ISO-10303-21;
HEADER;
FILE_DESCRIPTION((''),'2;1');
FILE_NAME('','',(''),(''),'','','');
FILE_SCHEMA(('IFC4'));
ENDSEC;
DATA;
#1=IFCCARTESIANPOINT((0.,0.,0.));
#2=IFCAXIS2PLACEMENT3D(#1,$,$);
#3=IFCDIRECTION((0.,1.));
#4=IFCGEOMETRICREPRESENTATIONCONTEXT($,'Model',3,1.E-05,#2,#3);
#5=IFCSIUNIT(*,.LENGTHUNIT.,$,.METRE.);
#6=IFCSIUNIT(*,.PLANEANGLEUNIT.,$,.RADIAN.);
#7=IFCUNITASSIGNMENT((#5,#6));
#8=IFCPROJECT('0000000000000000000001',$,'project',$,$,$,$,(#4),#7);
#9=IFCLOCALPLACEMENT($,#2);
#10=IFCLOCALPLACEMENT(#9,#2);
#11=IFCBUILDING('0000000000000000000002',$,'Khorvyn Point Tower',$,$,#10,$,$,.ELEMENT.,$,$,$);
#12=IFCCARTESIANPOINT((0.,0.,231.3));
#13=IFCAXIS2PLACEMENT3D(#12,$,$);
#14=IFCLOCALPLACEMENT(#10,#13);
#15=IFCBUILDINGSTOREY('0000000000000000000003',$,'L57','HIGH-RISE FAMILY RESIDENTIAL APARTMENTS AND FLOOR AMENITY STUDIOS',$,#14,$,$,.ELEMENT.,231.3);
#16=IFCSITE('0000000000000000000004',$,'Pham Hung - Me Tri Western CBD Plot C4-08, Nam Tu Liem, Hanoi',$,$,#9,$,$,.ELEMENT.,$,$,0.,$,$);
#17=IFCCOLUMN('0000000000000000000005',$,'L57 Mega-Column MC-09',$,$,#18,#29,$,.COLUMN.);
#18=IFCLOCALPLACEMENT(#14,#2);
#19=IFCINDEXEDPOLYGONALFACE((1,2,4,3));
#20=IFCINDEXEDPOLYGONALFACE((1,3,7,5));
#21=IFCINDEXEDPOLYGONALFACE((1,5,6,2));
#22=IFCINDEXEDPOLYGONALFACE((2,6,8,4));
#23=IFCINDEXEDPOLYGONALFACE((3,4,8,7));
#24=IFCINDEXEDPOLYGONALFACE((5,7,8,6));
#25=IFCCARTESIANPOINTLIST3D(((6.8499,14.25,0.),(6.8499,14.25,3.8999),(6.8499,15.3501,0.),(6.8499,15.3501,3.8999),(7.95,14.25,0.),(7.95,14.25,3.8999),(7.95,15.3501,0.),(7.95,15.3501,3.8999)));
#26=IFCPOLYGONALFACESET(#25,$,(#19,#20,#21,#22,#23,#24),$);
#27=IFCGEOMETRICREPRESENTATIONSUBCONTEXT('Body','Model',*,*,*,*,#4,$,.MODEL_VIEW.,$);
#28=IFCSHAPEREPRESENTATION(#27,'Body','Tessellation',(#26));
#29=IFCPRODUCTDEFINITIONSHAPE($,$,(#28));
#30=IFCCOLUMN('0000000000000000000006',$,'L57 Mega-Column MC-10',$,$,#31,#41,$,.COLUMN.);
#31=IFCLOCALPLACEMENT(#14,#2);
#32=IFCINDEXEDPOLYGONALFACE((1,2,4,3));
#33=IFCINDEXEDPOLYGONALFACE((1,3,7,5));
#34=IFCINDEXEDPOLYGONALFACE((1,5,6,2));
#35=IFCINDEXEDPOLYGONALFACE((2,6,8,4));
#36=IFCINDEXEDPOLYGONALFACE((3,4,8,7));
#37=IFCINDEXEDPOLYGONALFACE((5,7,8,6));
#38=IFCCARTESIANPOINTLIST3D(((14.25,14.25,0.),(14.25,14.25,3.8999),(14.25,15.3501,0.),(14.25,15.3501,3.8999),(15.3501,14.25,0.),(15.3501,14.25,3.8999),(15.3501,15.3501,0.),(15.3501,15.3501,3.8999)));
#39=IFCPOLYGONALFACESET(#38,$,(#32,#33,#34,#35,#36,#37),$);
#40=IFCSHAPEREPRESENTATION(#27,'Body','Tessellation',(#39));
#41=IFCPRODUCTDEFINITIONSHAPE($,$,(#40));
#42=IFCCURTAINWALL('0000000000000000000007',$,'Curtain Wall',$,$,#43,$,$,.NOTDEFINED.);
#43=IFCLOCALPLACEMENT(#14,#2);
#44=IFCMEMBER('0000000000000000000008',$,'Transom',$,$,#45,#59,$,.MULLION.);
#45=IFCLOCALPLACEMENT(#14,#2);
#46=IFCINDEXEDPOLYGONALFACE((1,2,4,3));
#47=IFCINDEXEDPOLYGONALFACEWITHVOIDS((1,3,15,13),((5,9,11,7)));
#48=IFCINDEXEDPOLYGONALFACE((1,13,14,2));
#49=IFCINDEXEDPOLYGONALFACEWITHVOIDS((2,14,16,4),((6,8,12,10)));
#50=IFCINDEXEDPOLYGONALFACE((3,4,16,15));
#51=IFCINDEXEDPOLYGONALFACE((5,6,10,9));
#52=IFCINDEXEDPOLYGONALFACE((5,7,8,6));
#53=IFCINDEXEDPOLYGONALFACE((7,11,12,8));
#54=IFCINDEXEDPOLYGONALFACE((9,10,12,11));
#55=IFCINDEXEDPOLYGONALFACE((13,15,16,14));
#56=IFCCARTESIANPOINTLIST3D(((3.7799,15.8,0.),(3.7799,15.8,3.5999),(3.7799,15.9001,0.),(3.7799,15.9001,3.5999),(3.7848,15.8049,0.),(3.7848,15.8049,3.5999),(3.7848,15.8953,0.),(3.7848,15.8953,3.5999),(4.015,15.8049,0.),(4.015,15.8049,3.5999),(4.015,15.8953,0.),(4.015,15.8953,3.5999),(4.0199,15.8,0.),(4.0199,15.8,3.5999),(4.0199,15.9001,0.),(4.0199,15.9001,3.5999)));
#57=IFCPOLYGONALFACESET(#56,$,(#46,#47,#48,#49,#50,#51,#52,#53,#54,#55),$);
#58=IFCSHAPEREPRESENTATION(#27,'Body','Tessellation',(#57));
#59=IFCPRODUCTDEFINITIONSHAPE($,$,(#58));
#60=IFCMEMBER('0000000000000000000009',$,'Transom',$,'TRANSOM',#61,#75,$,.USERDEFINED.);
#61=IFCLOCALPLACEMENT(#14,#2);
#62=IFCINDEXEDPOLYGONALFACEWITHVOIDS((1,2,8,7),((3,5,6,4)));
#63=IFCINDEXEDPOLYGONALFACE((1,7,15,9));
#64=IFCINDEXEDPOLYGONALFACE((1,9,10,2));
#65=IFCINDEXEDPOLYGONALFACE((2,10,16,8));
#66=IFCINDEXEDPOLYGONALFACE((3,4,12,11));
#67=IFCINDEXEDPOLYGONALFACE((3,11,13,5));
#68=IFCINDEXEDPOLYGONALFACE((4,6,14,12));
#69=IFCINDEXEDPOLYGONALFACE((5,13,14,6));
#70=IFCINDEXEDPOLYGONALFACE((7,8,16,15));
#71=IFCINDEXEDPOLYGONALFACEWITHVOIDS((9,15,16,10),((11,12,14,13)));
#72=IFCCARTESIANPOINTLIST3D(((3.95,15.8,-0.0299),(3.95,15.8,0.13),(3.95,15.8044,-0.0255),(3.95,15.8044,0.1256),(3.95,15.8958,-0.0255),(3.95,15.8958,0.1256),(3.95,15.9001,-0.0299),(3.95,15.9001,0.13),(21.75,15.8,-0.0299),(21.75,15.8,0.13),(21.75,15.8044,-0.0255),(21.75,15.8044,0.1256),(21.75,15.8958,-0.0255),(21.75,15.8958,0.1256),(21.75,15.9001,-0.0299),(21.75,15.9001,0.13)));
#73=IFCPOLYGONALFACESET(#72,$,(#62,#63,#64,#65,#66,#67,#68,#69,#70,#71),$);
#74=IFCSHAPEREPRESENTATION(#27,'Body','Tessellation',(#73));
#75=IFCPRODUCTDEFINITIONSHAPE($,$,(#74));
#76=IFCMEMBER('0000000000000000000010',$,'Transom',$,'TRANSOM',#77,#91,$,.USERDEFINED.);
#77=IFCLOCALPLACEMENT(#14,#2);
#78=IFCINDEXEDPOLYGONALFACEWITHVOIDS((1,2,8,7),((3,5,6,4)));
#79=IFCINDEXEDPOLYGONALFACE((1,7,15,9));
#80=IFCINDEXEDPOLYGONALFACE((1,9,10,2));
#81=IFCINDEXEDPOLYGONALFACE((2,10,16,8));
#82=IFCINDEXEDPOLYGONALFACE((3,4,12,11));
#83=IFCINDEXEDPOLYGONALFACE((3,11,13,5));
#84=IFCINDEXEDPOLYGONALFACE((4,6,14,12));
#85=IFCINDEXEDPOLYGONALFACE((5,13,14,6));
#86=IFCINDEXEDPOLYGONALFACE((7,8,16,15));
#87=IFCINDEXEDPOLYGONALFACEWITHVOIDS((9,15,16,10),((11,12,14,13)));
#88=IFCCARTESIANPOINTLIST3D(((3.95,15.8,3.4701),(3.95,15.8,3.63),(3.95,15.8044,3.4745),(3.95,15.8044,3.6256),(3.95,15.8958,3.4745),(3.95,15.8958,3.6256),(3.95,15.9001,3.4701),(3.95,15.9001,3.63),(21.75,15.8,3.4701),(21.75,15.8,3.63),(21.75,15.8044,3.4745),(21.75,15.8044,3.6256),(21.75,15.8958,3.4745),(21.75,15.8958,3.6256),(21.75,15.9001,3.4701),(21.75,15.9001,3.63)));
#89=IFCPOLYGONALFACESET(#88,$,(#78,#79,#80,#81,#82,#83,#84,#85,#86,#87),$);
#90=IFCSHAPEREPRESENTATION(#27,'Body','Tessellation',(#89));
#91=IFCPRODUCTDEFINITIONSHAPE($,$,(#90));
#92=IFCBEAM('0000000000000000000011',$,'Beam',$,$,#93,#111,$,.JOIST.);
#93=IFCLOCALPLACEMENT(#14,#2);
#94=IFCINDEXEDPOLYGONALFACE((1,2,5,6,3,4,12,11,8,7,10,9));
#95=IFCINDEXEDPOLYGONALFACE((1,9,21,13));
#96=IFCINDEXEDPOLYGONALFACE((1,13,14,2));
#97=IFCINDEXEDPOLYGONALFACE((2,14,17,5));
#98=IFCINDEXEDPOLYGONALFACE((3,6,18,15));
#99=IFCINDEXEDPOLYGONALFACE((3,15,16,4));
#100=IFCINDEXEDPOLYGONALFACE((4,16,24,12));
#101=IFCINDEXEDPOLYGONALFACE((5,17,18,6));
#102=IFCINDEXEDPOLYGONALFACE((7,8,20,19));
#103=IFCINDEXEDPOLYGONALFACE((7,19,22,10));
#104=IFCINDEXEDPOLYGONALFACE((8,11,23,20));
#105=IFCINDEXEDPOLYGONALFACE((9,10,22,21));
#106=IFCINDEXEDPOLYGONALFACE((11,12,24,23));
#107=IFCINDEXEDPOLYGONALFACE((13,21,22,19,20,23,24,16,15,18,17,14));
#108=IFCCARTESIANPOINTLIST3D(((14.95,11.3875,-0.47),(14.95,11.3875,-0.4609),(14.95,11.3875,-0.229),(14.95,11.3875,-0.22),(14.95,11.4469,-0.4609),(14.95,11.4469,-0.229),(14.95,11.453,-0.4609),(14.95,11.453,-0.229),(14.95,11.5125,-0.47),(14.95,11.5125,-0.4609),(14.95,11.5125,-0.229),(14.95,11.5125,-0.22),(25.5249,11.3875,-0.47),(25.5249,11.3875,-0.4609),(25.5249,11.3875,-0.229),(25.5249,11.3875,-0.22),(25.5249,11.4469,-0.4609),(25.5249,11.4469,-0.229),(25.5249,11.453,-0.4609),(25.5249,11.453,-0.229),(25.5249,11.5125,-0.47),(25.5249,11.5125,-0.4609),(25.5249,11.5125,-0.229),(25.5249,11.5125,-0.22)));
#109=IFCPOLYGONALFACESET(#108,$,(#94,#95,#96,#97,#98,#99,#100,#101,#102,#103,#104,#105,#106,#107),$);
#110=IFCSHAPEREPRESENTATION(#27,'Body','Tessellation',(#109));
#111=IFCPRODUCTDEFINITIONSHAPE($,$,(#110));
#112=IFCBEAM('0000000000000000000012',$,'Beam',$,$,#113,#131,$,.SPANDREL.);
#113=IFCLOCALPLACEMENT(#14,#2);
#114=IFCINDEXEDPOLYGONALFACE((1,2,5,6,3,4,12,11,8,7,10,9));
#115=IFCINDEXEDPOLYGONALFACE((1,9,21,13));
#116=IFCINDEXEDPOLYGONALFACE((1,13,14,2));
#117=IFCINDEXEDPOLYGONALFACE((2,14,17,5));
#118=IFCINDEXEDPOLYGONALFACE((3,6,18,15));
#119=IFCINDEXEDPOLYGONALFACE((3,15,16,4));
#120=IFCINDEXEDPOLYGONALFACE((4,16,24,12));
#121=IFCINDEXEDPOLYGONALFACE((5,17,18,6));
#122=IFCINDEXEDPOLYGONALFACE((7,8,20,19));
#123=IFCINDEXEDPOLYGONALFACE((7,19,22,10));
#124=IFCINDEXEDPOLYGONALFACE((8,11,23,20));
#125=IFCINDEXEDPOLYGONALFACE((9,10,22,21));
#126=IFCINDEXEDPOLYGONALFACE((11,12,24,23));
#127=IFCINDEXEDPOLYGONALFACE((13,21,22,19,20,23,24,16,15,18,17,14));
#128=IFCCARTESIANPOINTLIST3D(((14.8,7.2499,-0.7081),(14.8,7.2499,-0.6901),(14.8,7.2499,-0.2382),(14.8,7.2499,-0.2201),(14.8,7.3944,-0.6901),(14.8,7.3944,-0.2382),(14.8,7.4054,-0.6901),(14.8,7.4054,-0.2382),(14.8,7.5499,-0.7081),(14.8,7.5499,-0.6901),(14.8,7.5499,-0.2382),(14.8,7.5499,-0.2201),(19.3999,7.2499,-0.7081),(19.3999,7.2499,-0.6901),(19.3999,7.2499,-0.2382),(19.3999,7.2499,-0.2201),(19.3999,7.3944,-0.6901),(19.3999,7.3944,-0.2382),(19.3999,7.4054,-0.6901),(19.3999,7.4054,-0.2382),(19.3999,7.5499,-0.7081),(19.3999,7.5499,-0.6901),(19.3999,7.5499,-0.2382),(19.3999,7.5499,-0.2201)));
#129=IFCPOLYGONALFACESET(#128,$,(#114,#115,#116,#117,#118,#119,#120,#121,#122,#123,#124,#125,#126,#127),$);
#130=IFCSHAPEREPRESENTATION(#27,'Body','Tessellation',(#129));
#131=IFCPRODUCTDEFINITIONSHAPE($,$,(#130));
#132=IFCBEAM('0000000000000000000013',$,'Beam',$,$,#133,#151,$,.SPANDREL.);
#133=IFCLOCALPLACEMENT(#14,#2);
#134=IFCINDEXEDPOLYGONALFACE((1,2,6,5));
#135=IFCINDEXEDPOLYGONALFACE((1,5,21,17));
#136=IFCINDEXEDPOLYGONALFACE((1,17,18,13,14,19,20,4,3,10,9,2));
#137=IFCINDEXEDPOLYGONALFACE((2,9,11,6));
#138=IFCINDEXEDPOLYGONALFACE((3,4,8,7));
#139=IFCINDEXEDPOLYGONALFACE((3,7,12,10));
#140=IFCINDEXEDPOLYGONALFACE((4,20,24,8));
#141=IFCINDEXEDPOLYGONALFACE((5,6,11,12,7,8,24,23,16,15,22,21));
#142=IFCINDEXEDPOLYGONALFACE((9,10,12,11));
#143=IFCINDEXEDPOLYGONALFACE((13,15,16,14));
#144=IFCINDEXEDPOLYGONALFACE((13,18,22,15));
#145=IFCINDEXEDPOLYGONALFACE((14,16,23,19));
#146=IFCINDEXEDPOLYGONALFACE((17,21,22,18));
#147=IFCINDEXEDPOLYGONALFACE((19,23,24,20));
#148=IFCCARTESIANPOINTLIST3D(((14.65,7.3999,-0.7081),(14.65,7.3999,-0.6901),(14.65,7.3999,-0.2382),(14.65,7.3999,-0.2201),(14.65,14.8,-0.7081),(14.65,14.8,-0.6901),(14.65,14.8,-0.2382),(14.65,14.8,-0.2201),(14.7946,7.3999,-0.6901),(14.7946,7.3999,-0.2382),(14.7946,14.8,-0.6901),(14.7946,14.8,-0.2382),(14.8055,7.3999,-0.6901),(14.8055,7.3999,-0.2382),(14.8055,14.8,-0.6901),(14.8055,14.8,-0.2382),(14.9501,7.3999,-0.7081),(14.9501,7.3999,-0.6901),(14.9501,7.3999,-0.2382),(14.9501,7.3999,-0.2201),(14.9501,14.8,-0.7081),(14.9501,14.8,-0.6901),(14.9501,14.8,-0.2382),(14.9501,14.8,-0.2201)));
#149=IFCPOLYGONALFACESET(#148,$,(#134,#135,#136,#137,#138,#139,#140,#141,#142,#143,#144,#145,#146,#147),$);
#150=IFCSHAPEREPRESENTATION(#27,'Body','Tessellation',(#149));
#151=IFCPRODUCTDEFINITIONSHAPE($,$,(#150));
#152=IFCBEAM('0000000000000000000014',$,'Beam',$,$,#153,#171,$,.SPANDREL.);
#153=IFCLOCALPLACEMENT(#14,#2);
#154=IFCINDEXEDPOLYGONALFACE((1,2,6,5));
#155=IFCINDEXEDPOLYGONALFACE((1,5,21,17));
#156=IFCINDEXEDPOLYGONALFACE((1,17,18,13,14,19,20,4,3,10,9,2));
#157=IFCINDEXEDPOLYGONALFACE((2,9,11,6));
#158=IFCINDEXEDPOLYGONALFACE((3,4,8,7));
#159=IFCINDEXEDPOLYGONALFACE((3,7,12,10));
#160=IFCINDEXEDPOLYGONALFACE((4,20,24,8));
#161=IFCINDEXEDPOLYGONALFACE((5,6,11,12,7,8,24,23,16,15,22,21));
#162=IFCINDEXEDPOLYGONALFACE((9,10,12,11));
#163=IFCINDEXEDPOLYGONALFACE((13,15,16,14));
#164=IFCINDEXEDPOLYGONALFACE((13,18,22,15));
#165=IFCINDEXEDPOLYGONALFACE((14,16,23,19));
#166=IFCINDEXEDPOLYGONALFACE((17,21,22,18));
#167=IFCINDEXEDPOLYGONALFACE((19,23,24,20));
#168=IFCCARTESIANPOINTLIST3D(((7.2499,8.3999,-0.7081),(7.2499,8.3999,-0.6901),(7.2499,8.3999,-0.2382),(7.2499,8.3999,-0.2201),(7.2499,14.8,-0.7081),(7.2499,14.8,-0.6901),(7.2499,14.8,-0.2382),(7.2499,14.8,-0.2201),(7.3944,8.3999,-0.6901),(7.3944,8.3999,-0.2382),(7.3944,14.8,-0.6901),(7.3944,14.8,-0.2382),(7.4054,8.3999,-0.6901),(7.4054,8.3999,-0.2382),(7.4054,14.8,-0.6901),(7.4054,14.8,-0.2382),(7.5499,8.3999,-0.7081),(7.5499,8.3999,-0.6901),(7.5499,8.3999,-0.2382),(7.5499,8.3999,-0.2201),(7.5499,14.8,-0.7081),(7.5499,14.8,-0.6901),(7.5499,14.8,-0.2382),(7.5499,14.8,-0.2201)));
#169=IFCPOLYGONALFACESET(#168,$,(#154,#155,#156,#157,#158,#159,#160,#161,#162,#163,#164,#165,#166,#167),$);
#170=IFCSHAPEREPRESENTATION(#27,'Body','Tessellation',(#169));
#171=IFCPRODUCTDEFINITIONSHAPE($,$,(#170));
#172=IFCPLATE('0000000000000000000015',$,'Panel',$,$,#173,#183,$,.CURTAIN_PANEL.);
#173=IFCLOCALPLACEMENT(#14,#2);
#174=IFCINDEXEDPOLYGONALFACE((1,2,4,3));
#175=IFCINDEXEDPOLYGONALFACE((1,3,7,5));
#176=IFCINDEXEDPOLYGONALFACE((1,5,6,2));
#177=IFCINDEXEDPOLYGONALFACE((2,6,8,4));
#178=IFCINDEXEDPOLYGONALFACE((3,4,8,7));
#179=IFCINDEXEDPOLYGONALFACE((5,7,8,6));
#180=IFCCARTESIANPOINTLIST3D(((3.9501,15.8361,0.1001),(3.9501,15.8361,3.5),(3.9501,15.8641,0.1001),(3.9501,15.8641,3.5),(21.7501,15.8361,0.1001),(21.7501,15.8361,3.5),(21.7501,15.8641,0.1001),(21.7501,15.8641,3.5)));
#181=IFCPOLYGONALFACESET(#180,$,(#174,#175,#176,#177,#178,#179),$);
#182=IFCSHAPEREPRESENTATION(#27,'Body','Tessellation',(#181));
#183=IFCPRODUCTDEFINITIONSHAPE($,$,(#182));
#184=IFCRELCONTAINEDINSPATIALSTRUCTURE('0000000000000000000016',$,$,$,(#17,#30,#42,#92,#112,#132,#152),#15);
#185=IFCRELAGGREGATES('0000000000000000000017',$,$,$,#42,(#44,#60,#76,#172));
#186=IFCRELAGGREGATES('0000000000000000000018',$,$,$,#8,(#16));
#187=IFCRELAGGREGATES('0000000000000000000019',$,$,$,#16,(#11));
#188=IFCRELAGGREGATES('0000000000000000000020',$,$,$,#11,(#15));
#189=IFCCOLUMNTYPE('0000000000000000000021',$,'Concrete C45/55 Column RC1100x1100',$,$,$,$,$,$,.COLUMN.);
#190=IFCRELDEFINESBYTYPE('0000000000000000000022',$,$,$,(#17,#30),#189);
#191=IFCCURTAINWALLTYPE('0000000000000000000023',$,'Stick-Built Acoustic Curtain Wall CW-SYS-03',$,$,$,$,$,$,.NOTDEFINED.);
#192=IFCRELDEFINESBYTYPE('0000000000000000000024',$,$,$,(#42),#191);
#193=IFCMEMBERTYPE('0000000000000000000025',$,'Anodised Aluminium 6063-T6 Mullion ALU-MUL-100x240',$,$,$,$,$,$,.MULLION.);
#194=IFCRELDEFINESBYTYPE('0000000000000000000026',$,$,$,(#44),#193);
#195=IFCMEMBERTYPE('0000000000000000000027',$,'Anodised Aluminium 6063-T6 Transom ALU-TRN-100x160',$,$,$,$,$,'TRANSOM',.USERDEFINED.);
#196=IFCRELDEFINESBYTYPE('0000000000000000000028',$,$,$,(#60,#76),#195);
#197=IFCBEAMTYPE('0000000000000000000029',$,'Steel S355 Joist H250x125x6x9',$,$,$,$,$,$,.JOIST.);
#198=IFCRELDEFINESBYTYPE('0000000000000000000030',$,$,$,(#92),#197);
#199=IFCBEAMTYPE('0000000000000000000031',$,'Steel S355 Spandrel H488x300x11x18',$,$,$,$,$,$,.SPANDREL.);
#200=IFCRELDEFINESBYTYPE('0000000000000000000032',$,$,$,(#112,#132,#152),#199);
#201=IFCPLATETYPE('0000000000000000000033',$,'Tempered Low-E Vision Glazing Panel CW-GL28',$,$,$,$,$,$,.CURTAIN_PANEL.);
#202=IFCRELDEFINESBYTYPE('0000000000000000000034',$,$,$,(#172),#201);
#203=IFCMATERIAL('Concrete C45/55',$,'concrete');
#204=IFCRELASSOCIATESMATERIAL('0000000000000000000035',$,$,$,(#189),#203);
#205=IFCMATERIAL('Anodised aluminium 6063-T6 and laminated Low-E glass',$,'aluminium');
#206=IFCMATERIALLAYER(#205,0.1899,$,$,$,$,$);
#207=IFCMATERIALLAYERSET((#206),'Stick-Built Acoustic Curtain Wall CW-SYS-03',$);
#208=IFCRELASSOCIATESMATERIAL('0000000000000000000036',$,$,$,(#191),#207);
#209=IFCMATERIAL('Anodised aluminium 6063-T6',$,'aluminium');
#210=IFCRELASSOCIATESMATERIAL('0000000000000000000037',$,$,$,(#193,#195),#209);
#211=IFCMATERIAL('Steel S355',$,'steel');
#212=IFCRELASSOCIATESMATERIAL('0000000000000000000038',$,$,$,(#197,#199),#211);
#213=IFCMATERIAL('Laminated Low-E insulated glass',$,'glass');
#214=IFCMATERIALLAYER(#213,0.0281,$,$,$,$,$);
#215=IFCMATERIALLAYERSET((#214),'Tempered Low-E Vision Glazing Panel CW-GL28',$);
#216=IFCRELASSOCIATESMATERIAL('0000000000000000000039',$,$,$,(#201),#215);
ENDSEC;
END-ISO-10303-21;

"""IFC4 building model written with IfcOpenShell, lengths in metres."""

from ifc_helpers import new_model, si_unit, direction, frame, origin, origin_2d, place, context, subcontext, project, spatial, rectangle, hollow_rectangle, i_section, extrude, material, layer, layer_set, material_profile, profile_set, type_object, element, aggregate, save


model = new_model("IFC4")

# Units and contexts
model_context = context("Model", 3, precision=1e-05, world=origin(), true_north=direction((0.0, 1.0)))
body_context = subcontext(model_context, "Body", "Model", "MODEL_VIEW")
ifc_project = project(units=[si_unit("LENGTHUNIT", "METRE"), si_unit("PLANEANGLEUNIT", "RADIAN")], contexts=[model_context])

# Site, building, storey
site_placement = place(None, origin())
site = spatial("IfcSite", under=ifc_project, at=site_placement, Name="Pham Hung - Me Tri Western CBD Plot C4-08, Nam Tu Liem, Hanoi", CompositionType="ELEMENT", RefElevation=0.0)
building_placement = place(site_placement, origin())
building = spatial("IfcBuilding", under=site, at=building_placement, Name="Khorvyn Point Tower", CompositionType="ELEMENT")
storey_placement = place(building_placement, frame((0.0, 0.0, 231.3)))
storey = spatial("IfcBuildingStorey", under=building, at=storey_placement, Name="L57", Description="HIGH-RISE FAMILY RESIDENTIAL APARTMENTS AND FLOOR AMENITY STUDIOS", CompositionType="ELEMENT", Elevation=231.3)

# Columns
ifc_material_1 = material(Name="Concrete C45/55", Category="concrete")
ifc_material_profile_1 = material_profile(ifc_material_1, rectangle(XDim=1.1001, YDim=1.1001, at=origin_2d()))
ifc_profile_set_1 = profile_set([ifc_material_profile_1], Name="Concrete C45/55 RC1100x1100")
column_type = type_object("IfcColumnType", Name="Concrete C45/55 Column RC1100x1100", PredefinedType="COLUMN", material=ifc_profile_set_1)
for number, where, z_axis, x_axis, name in (
    (1, (7.3999, 14.8, 0.0), (0.0, 0.0, 1.0), (1.0, 0.0, 0.0), "L57 Mega-Column MC-09"),
    (2, (14.8, 14.8, 0.0), (0.0, 0.0, 1.0), (1.0, 0.0, 0.0), "L57 Mega-Column MC-10"),
):
    element("IfcColumn", number, at=place(storey_placement, frame(where, z_axis=z_axis, x_axis=x_axis)), inside=storey, type_object=column_type, Name=name, PredefinedType="COLUMN", context=body_context, shape_type="SweptSolid", body=[
        extrude(rectangle(XDim=1.1001, YDim=1.1001, at=origin_2d()), origin(), (0.0, 0.0, 1.0), 3.8999),
    ])

# Curtain wall, members
ifc_material_2 = material(Name="Anodised aluminium 6063-T6 and laminated Low-E glass", Category="aluminium")
ifc_layer_1 = layer(ifc_material_2, 0.1899)
ifc_layer_set_1 = layer_set([ifc_layer_1], Name="Stick-Built Acoustic Curtain Wall CW-SYS-03")
curtain_wall_type = type_object("IfcCurtainWallType", Name="Stick-Built Acoustic Curtain Wall CW-SYS-03", PredefinedType="NOTDEFINED", material=ifc_layer_set_1)
curtain_wall_placement = place(storey_placement, origin())
curtain_wall = element("IfcCurtainWall", 3, at=curtain_wall_placement, inside=storey, type_object=curtain_wall_type, Name="Curtain Wall", PredefinedType="NOTDEFINED")
ifc_material_3 = material(Name="Anodised aluminium 6063-T6", Category="aluminium")
ifc_material_profile_2 = material_profile(ifc_material_3, hollow_rectangle(XDim=0.1001, YDim=0.24, WallThickness=0.0049, at=origin_2d()))
ifc_profile_set_2 = profile_set([ifc_material_profile_2], Name="Anodised aluminium 6063-T6 ALU-MUL-100x240")
member_type_1 = type_object("IfcMemberType", Name="Anodised Aluminium 6063-T6 Mullion ALU-MUL-100x240", PredefinedType="MULLION", material=ifc_profile_set_2)
member_1_placement = place(storey_placement, frame((3.8999, 15.8501, 0.0), z_axis=(0.0, 0.0, 1.0), x_axis=(0.0, 1.0, 0.0)))
member_1 = element("IfcMember", 4, at=member_1_placement, type_object=member_type_1, Name="Transom", PredefinedType="MULLION", context=body_context, shape_type="SweptSolid", body=[
    extrude(hollow_rectangle(XDim=0.1001, YDim=0.24, WallThickness=0.0049, at=origin_2d()), origin(), (0.0, 0.0, 1.0), 3.5999),
])
ifc_material_profile_3 = material_profile(ifc_material_3, hollow_rectangle(XDim=0.1001, YDim=0.1599, WallThickness=0.0044, at=origin_2d()))
ifc_profile_set_3 = profile_set([ifc_material_profile_3], Name="Anodised aluminium 6063-T6 ALU-TRN-100x160")
member_type_2 = type_object("IfcMemberType", Name="Anodised Aluminium 6063-T6 Transom ALU-TRN-100x160", ElementType="TRANSOM", PredefinedType="USERDEFINED", material=ifc_profile_set_3)
member_2_placement = place(storey_placement, frame((3.95, 15.8501, 0.05), z_axis=(1.0, 0.0, 0.0), x_axis=(0.0, 1.0, 0.0)))
member_2 = element("IfcMember", 5, at=member_2_placement, type_object=member_type_2, Name="Transom", ObjectType="TRANSOM", PredefinedType="USERDEFINED", context=body_context, shape_type="SweptSolid", body=[
    extrude(hollow_rectangle(XDim=0.1001, YDim=0.1599, WallThickness=0.0044, at=origin_2d()), origin(), (0.0, 0.0, 1.0), 17.8),
])
member_3_placement = place(storey_placement, frame((3.95, 15.8501, 3.55), z_axis=(1.0, 0.0, 0.0), x_axis=(0.0, 1.0, 0.0)))
member_3 = element("IfcMember", 6, at=member_3_placement, type_object=member_type_2, Name="Transom", ObjectType="TRANSOM", PredefinedType="USERDEFINED", context=body_context, shape_type="SweptSolid", body=[
    extrude(hollow_rectangle(XDim=0.1001, YDim=0.1599, WallThickness=0.0044, at=origin_2d()), origin(), (0.0, 0.0, 1.0), 17.8),
])

# Beams
ifc_material_4 = material(Name="Steel S355", Category="steel")
ifc_material_profile_4 = material_profile(ifc_material_4, i_section(OverallWidth=0.125, OverallDepth=0.25, WebThickness=0.0061, FlangeThickness=0.009, at=origin_2d()))
ifc_profile_set_4 = profile_set([ifc_material_profile_4], Name="Steel S355 H250x125x6x9")
beam_type_1 = type_object("IfcBeamType", Name="Steel S355 Joist H250x125x6x9", PredefinedType="JOIST", material=ifc_profile_set_4)
beam_1_placement = place(storey_placement, frame((14.95, 11.45, -0.345), z_axis=(1.0, 0.0, 0.0), x_axis=(0.0, 1.0, 0.0)))
element("IfcBeam", 7, at=beam_1_placement, inside=storey, type_object=beam_type_1, Name="Beam", PredefinedType="JOIST", context=body_context, shape_type="SweptSolid", body=[
    extrude(i_section(OverallWidth=0.125, OverallDepth=0.25, WebThickness=0.0061, FlangeThickness=0.009, at=origin_2d()), origin(), (0.0, 0.0, 1.0), 10.575),
])
ifc_material_profile_5 = material_profile(ifc_material_4, i_section(OverallWidth=0.3, OverallDepth=0.488, WebThickness=0.011, FlangeThickness=0.0181, at=origin_2d()))
ifc_profile_set_5 = profile_set([ifc_material_profile_5], Name="Steel S355 H488x300x11x18")
beam_type_2 = type_object("IfcBeamType", Name="Steel S355 Spandrel H488x300x11x18", PredefinedType="SPANDREL", material=ifc_profile_set_5)
beam_2_placement = place(storey_placement, frame((14.8, 7.3999, -0.4641), z_axis=(1.0, 0.0, 0.0), x_axis=(0.0, 1.0, 0.0)))
element("IfcBeam", 8, at=beam_2_placement, inside=storey, type_object=beam_type_2, Name="Beam", PredefinedType="SPANDREL", context=body_context, shape_type="SweptSolid", body=[
    extrude(i_section(OverallWidth=0.3, OverallDepth=0.488, WebThickness=0.011, FlangeThickness=0.0181, at=origin_2d()), origin(), (0.0, 0.0, 1.0), 4.5999),
])
beam_3_placement = place(storey_placement, frame((14.8, 7.3999, -0.4641), z_axis=(0.0, 1.0, 0.0), x_axis=(-1.0, 0.0, 0.0)))
element("IfcBeam", 9, at=beam_3_placement, inside=storey, type_object=beam_type_2, Name="Beam", PredefinedType="SPANDREL", context=body_context, shape_type="SweptSolid", body=[
    extrude(i_section(OverallWidth=0.3, OverallDepth=0.488, WebThickness=0.011, FlangeThickness=0.0181, at=origin_2d()), origin(), (0.0, 0.0, 1.0), 7.4001),
])
beam_4_placement = place(storey_placement, frame((7.3999, 8.3999, -0.4641), z_axis=(0.0, 1.0, 0.0), x_axis=(-1.0, 0.0, 0.0)))
element("IfcBeam", 10, at=beam_4_placement, inside=storey, type_object=beam_type_2, Name="Beam", PredefinedType="SPANDREL", context=body_context, shape_type="SweptSolid", body=[
    extrude(i_section(OverallWidth=0.3, OverallDepth=0.488, WebThickness=0.011, FlangeThickness=0.0181, at=origin_2d()), origin(), (0.0, 0.0, 1.0), 6.4001),
])

# Plate
ifc_material_5 = material(Name="Laminated Low-E insulated glass", Category="glass")
ifc_layer_2 = layer(ifc_material_5, 0.0281)
ifc_layer_set_2 = layer_set([ifc_layer_2], Name="Tempered Low-E Vision Glazing Panel CW-GL28")
plate_type = type_object("IfcPlateType", Name="Tempered Low-E Vision Glazing Panel CW-GL28", PredefinedType="CURTAIN_PANEL", material=ifc_layer_set_2)
plate_placement = place(storey_placement, frame((12.8501, 15.8501, 0.1001), z_axis=(0.0, 0.0, 1.0), x_axis=(1.0, 0.0, 0.0)))
plate = element("IfcPlate", 11, at=plate_placement, type_object=plate_type, Name="Panel", PredefinedType="CURTAIN_PANEL", context=body_context, shape_type="SweptSolid", body=[
    extrude(rectangle(XDim=17.8, YDim=0.0281, at=origin_2d()), origin(), (0.0, 0.0, 1.0), 3.3999),
])
aggregate(curtain_wall, [member_1, member_2, member_3, plate])

save(model, "model.ifc")
